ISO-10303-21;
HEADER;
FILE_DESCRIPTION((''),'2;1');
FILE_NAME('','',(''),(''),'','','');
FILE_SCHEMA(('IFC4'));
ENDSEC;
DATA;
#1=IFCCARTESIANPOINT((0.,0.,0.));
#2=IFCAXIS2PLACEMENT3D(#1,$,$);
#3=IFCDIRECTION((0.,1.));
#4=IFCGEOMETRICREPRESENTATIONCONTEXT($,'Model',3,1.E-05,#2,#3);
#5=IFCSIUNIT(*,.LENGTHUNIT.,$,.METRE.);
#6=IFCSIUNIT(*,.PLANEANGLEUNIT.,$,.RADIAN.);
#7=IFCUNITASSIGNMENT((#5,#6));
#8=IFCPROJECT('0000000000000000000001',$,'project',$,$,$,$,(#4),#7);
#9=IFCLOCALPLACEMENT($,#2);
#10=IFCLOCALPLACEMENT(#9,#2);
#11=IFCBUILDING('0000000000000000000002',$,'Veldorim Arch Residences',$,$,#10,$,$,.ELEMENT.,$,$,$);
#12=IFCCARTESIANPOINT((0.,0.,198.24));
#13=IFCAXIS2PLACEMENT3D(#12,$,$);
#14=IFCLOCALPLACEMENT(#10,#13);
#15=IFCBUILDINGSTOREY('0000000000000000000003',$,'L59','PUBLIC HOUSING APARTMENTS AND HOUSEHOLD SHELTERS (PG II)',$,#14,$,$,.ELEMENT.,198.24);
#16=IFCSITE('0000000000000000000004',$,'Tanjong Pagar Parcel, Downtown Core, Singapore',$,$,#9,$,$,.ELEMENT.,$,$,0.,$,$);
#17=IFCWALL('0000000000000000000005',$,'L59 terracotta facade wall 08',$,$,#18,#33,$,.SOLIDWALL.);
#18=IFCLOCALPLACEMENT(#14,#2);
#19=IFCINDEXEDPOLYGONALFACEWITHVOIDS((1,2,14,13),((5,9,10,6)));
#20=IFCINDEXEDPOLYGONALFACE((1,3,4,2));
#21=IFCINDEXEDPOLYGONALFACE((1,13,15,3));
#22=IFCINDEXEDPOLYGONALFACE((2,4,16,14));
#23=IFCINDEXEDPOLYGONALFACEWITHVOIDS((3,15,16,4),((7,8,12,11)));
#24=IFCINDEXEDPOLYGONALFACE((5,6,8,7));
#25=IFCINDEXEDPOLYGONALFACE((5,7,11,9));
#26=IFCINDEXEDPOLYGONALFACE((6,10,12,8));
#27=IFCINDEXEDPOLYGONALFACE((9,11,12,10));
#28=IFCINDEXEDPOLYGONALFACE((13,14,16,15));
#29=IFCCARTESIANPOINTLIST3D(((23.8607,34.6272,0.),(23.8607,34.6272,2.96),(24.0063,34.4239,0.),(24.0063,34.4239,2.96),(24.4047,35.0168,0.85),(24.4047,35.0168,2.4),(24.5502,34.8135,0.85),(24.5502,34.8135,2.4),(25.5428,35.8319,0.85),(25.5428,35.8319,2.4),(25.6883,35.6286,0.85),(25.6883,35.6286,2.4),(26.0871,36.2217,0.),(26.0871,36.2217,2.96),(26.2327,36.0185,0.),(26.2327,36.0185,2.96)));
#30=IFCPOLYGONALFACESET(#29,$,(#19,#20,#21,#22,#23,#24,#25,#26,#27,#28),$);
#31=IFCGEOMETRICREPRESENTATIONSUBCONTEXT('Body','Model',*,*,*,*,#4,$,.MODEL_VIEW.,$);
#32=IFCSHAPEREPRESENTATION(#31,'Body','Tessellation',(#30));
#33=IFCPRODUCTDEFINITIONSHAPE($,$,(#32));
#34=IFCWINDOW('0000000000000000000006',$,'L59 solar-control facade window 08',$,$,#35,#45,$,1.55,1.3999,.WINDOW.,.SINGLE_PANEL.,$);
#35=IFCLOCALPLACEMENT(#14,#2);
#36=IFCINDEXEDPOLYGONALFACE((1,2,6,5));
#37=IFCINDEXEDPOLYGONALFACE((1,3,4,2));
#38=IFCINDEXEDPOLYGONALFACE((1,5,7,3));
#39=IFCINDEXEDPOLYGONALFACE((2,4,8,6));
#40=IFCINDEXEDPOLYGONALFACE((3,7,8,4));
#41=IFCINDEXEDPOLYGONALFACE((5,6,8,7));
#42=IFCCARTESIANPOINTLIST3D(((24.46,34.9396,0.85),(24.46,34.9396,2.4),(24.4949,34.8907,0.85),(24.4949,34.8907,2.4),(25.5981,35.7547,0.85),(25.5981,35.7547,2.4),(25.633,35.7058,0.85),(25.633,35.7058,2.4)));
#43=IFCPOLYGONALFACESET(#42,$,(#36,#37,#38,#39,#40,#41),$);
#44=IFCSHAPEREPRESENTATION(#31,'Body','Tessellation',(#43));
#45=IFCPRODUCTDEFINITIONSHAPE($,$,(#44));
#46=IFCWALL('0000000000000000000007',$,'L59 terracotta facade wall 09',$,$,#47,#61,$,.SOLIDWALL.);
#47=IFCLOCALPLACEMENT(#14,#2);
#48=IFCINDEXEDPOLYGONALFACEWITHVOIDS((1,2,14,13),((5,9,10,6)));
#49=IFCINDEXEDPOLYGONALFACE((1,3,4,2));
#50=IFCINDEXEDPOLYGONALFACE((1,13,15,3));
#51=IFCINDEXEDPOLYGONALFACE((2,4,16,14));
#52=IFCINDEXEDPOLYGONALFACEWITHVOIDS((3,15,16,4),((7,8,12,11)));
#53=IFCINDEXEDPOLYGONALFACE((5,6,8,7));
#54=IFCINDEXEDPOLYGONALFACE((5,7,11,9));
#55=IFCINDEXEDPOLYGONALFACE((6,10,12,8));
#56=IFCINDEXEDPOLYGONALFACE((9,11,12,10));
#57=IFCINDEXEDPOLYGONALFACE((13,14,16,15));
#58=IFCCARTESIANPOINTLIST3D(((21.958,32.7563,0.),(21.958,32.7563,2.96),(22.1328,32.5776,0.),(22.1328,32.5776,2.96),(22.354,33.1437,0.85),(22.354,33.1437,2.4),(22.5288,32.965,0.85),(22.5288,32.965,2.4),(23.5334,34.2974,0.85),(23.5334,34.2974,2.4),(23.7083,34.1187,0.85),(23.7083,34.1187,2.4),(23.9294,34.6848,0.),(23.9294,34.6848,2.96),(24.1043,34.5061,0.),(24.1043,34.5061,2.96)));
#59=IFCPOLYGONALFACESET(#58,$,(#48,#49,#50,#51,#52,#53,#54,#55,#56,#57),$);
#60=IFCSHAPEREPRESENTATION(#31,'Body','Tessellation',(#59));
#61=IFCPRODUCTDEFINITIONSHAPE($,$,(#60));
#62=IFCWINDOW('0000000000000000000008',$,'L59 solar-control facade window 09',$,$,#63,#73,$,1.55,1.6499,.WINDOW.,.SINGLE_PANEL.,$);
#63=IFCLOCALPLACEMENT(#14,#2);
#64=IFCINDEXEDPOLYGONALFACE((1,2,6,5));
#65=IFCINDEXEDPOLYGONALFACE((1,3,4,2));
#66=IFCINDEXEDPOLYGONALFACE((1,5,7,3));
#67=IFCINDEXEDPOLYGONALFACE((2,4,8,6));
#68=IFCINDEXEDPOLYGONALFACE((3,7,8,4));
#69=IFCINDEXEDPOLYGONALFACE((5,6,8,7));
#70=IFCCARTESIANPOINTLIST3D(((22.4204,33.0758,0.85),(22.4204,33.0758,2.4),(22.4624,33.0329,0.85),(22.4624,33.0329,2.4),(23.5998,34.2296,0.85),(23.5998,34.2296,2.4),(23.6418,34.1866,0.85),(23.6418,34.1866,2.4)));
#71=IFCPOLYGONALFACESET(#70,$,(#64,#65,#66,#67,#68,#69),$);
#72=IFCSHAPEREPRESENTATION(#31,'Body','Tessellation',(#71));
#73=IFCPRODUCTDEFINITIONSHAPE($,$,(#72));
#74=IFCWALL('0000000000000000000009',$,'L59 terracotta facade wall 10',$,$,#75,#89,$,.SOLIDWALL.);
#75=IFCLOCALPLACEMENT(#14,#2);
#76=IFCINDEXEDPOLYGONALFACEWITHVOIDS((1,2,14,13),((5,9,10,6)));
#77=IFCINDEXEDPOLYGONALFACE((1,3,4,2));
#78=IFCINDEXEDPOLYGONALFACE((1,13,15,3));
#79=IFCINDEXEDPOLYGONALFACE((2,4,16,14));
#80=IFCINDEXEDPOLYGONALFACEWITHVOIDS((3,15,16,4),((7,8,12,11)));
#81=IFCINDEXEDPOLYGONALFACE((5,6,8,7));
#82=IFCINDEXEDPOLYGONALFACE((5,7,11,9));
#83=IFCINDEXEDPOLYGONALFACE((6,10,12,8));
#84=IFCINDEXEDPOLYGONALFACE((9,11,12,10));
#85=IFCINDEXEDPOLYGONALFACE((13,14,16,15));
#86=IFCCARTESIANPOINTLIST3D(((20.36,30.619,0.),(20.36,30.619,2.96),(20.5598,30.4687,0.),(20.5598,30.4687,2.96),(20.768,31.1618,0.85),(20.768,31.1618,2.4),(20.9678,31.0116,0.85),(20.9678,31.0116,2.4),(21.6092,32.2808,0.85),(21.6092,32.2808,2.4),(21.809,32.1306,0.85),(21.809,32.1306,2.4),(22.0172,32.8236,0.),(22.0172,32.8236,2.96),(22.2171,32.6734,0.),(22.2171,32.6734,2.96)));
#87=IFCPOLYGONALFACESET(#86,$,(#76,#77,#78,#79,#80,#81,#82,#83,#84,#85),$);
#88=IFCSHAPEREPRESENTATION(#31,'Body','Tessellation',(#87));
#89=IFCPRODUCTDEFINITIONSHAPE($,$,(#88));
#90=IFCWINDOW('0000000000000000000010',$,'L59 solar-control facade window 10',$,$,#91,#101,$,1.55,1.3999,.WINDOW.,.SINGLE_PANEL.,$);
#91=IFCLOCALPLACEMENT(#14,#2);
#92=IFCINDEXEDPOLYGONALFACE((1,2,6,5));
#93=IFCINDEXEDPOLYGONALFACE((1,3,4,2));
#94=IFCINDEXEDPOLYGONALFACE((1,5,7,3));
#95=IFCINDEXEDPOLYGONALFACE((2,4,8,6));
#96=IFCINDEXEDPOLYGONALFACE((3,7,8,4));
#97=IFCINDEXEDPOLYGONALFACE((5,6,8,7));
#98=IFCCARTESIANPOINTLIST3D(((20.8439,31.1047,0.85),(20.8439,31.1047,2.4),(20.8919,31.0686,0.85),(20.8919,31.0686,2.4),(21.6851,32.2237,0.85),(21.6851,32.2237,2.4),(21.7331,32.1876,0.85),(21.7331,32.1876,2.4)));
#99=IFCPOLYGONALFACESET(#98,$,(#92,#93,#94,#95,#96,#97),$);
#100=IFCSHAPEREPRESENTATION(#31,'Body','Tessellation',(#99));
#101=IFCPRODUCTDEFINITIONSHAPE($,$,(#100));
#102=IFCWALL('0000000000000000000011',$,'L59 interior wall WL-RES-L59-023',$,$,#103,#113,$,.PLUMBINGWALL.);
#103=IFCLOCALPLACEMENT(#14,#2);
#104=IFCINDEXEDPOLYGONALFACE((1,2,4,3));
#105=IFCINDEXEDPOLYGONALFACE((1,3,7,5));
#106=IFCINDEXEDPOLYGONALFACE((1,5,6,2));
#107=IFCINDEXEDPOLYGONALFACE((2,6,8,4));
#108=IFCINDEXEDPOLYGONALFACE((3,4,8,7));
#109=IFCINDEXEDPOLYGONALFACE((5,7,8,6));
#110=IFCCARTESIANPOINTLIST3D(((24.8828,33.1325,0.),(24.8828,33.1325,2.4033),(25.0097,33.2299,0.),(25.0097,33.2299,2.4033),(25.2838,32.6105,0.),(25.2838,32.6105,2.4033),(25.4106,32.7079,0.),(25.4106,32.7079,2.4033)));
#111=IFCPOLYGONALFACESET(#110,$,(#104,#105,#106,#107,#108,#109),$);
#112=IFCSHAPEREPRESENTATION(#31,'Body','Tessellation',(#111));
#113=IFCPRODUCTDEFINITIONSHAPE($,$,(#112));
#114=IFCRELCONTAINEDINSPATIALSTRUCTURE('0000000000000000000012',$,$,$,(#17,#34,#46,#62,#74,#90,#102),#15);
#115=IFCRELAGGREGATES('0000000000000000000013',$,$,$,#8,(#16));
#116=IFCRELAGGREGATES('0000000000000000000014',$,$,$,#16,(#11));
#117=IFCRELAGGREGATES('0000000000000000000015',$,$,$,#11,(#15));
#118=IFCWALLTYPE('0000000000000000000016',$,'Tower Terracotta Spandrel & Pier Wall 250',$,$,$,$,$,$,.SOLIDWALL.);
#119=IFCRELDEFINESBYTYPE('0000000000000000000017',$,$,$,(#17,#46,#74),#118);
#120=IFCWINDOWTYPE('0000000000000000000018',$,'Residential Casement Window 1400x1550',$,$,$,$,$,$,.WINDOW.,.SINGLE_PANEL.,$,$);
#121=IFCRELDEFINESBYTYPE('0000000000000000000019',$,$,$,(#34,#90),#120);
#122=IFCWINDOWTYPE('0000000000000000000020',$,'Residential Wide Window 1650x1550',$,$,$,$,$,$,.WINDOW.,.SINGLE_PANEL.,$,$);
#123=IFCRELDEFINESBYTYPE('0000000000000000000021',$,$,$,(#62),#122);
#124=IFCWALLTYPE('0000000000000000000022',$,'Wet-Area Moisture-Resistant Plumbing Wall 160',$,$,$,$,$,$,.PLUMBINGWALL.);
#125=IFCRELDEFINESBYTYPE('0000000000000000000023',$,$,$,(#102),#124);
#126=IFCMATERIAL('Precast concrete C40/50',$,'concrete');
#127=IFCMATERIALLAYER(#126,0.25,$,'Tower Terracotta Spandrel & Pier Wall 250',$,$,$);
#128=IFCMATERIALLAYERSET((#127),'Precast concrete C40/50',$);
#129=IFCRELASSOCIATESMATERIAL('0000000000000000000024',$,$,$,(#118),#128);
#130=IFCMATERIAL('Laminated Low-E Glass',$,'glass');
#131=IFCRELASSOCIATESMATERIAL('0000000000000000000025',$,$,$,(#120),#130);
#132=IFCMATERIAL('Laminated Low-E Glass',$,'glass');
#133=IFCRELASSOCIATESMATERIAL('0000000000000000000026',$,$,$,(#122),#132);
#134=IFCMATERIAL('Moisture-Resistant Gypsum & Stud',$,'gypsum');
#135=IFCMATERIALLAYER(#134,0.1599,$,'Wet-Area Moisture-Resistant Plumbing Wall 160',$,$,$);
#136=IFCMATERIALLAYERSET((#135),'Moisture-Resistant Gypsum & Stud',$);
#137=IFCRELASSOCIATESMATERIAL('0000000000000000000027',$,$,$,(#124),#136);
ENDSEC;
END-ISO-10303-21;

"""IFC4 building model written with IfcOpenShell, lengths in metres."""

from ifc_helpers import new_model, si_unit, direction, frame, frame_2d, origin, place, context, subcontext, project, spatial, rectangle, extrude, material, layer, layer_set, type_object, element, fill, save


model = new_model("IFC4")

# Units and contexts
model_context = context("Model", 3, precision=1e-05, world=origin(), true_north=direction((0.0, 1.0)))
body_context = subcontext(model_context, "Body", "Model", "MODEL_VIEW")
ifc_project = project(units=[si_unit("LENGTHUNIT", "METRE"), si_unit("PLANEANGLEUNIT", "RADIAN")], contexts=[model_context])

# Site, building, storey
site_placement = place(None, origin())
site = spatial("IfcSite", under=ifc_project, at=site_placement, Name="Tanjong Pagar Parcel, Downtown Core, Singapore", CompositionType="ELEMENT", RefElevation=0.0)
building_placement = place(site_placement, origin())
building = spatial("IfcBuilding", under=site, at=building_placement, Name="Veldorim Arch Residences", CompositionType="ELEMENT")
storey_placement = place(building_placement, frame((0.0, 0.0, 198.24)))
storey = spatial("IfcBuildingStorey", under=building, at=storey_placement, Name="L59", Description="PUBLIC HOUSING APARTMENTS AND HOUSEHOLD SHELTERS (PG II)", CompositionType="ELEMENT", Elevation=198.24)

# Walls, openings, windows
ifc_material_1 = material(Name="Precast concrete C40/50", Category="concrete")
ifc_layer_1 = layer(ifc_material_1, 0.25, Name="Tower Terracotta Spandrel & Pier Wall 250")
ifc_layer_set_1 = layer_set([ifc_layer_1], Name="Precast concrete C40/50")
wall_type_1 = type_object("IfcWallType", Name="Tower Terracotta Spandrel & Pier Wall 250", PredefinedType="SOLIDWALL", material=ifc_layer_set_1)
wall_1_placement = place(storey_placement, frame((23.9336, 34.5256, 0.0), z_axis=(0.0, 0.0, 1.0), x_axis=(0.812998, 0.582267, 0.0)))
wall_1 = element("IfcWall", 1, at=wall_1_placement, inside=storey, type_object=wall_type_1, Name="L59 terracotta facade wall 08", PredefinedType="SOLIDWALL", context=body_context, shape_type="SweptSolid", body=[
    extrude(rectangle(XDim=2.7385, YDim=0.25, at=frame_2d((1.3691, 0.0))), origin(), (0.0, 0.0, 1.0), 2.96),
])
opening_1_placement = place(wall_1_placement, frame((0.6689, 0.0, 0.8501)))
opening_1 = element("IfcOpeningElement", 2, at=opening_1_placement, cuts=wall_1, PredefinedType="OPENING", context=body_context, shape_type="SweptSolid", body=[
    extrude(rectangle(XDim=1.3999, YDim=1.55, at=frame_2d((0.7, 0.7749))), frame((0.0, 0.135, 0.0), z_axis=(0.0, -1.0, 0.0), x_axis=(1.0, 0.0, 0.0)), (0.0, 0.0, 1.0), 0.27),
])
ifc_material_2 = material(Name="Laminated Low-E Glass", Category="glass")
window_type_1 = type_object("IfcWindowType", Name="Residential Casement Window 1400x1550", PartitioningType="SINGLE_PANEL", PredefinedType="WINDOW", material=ifc_material_2)
window_1_placement = place(opening_1_placement, origin())
window_1 = element("IfcWindow", 3, at=window_1_placement, inside=storey, type_object=window_type_1, Name="L59 solar-control facade window 08", OverallHeight=1.55, OverallWidth=1.3999, PartitioningType="SINGLE_PANEL", PredefinedType="WINDOW", context=body_context, shape_type="SweptSolid", body=[
    extrude(rectangle(XDim=1.3999, YDim=1.55, at=frame_2d((0.7, 0.7749))), frame((0.0, 0.03, 0.0), z_axis=(0.0, -1.0, 0.0), x_axis=(1.0, 0.0, 0.0)), (0.0, 0.0, 1.0), 0.0601),
])
fill(opening_1, window_1)
wall_2_placement = place(storey_placement, frame((22.0454, 32.667, 0.0), z_axis=(0.0, 0.0, 1.0), x_axis=(0.714854, 0.699274, 0.0)))
wall_2 = element("IfcWall", 4, at=wall_2_placement, inside=storey, type_object=wall_type_1, Name="L59 terracotta facade wall 09", PredefinedType="SOLIDWALL", context=body_context, shape_type="SweptSolid", body=[
    extrude(rectangle(XDim=2.7578, YDim=0.25, at=frame_2d((1.3789, 0.0))), origin(), (0.0, 0.0, 1.0), 2.96),
])
opening_2_placement = place(wall_2_placement, frame((0.554, 0.0, 0.8501)))
opening_2 = element("IfcOpeningElement", 5, at=opening_2_placement, cuts=wall_2, PredefinedType="OPENING", context=body_context, shape_type="SweptSolid", body=[
    extrude(rectangle(XDim=1.6499, YDim=1.55, at=frame_2d((0.825, 0.7749))), frame((0.0, 0.135, 0.0), z_axis=(0.0, -1.0, 0.0), x_axis=(1.0, 0.0, 0.0)), (0.0, 0.0, 1.0), 0.27),
])
ifc_material_3 = material(Name="Laminated Low-E Glass", Category="glass")
window_type_2 = type_object("IfcWindowType", Name="Residential Wide Window 1650x1550", PartitioningType="SINGLE_PANEL", PredefinedType="WINDOW", material=ifc_material_3)
window_2_placement = place(opening_2_placement, origin())
window_2 = element("IfcWindow", 6, at=window_2_placement, inside=storey, type_object=window_type_2, Name="L59 solar-control facade window 09", OverallHeight=1.55, OverallWidth=1.6499, PartitioningType="SINGLE_PANEL", PredefinedType="WINDOW", context=body_context, shape_type="SweptSolid", body=[
    extrude(rectangle(XDim=1.6499, YDim=1.55, at=frame_2d((0.825, 0.7749))), frame((0.0, 0.03, 0.0), z_axis=(0.0, -1.0, 0.0), x_axis=(1.0, 0.0, 0.0)), (0.0, 0.0, 1.0), 0.0601),
])
fill(opening_2, window_2)
wall_3_placement = place(storey_placement, frame((20.46, 30.5439, 0.0), z_axis=(0.0, 0.0, 1.0), x_axis=(0.600878, 0.799341, 0.0)))
wall_3 = element("IfcWall", 7, at=wall_3_placement, inside=storey, type_object=wall_type_1, Name="L59 terracotta facade wall 10", PredefinedType="SOLIDWALL", context=body_context, shape_type="SweptSolid", body=[
    extrude(rectangle(XDim=2.7581, YDim=0.25, at=frame_2d((1.3789, 0.0))), origin(), (0.0, 0.0, 1.0), 2.96),
])
opening_3_placement = place(wall_3_placement, frame((0.679, 0.0, 0.8501)))
opening_3 = element("IfcOpeningElement", 8, at=opening_3_placement, cuts=wall_3, PredefinedType="OPENING", context=body_context, shape_type="SweptSolid", body=[
    extrude(rectangle(XDim=1.3999, YDim=1.55, at=frame_2d((0.7, 0.7749))), frame((0.0, 0.135, 0.0), z_axis=(0.0, -1.0, 0.0), x_axis=(1.0, 0.0, 0.0)), (0.0, 0.0, 1.0), 0.27),
])
window_3_placement = place(opening_3_placement, origin())
window_3 = element("IfcWindow", 9, at=window_3_placement, inside=storey, type_object=window_type_1, Name="L59 solar-control facade window 10", OverallHeight=1.55, OverallWidth=1.3999, PartitioningType="SINGLE_PANEL", PredefinedType="WINDOW", context=body_context, shape_type="SweptSolid", body=[
    extrude(rectangle(XDim=1.3999, YDim=1.55, at=frame_2d((0.7, 0.7749))), frame((0.0, 0.03, 0.0), z_axis=(0.0, -1.0, 0.0), x_axis=(1.0, 0.0, 0.0)), (0.0, 0.0, 1.0), 0.0601),
])
fill(opening_3, window_3)

# Wall
ifc_material_4 = material(Name="Moisture-Resistant Gypsum & Stud", Category="gypsum")
ifc_layer_2 = layer(ifc_material_4, 0.1599, Name="Wet-Area Moisture-Resistant Plumbing Wall 160")
ifc_layer_set_2 = layer_set([ifc_layer_2], Name="Moisture-Resistant Gypsum & Stud")
wall_type_2 = type_object("IfcWallType", Name="Wet-Area Moisture-Resistant Plumbing Wall 160", PredefinedType="PLUMBINGWALL", material=ifc_layer_set_2)
wall_4_placement = place(storey_placement, frame((25.3472, 32.6592, 0.0), z_axis=(0.0, 0.0, 1.0), x_axis=(-0.609101, 0.793093, 0.0)))
element("IfcWall", 10, at=wall_4_placement, inside=storey, type_object=wall_type_2, Name="L59 interior wall WL-RES-L59-023", PredefinedType="PLUMBINGWALL", context=body_context, shape_type="SweptSolid", body=[
    extrude(rectangle(XDim=0.6582, YDim=0.1599, at=frame_2d((0.3291, 0.0))), origin(), (0.0, 0.0, 1.0), 2.4033),
])

save(model, "model.ifc")
